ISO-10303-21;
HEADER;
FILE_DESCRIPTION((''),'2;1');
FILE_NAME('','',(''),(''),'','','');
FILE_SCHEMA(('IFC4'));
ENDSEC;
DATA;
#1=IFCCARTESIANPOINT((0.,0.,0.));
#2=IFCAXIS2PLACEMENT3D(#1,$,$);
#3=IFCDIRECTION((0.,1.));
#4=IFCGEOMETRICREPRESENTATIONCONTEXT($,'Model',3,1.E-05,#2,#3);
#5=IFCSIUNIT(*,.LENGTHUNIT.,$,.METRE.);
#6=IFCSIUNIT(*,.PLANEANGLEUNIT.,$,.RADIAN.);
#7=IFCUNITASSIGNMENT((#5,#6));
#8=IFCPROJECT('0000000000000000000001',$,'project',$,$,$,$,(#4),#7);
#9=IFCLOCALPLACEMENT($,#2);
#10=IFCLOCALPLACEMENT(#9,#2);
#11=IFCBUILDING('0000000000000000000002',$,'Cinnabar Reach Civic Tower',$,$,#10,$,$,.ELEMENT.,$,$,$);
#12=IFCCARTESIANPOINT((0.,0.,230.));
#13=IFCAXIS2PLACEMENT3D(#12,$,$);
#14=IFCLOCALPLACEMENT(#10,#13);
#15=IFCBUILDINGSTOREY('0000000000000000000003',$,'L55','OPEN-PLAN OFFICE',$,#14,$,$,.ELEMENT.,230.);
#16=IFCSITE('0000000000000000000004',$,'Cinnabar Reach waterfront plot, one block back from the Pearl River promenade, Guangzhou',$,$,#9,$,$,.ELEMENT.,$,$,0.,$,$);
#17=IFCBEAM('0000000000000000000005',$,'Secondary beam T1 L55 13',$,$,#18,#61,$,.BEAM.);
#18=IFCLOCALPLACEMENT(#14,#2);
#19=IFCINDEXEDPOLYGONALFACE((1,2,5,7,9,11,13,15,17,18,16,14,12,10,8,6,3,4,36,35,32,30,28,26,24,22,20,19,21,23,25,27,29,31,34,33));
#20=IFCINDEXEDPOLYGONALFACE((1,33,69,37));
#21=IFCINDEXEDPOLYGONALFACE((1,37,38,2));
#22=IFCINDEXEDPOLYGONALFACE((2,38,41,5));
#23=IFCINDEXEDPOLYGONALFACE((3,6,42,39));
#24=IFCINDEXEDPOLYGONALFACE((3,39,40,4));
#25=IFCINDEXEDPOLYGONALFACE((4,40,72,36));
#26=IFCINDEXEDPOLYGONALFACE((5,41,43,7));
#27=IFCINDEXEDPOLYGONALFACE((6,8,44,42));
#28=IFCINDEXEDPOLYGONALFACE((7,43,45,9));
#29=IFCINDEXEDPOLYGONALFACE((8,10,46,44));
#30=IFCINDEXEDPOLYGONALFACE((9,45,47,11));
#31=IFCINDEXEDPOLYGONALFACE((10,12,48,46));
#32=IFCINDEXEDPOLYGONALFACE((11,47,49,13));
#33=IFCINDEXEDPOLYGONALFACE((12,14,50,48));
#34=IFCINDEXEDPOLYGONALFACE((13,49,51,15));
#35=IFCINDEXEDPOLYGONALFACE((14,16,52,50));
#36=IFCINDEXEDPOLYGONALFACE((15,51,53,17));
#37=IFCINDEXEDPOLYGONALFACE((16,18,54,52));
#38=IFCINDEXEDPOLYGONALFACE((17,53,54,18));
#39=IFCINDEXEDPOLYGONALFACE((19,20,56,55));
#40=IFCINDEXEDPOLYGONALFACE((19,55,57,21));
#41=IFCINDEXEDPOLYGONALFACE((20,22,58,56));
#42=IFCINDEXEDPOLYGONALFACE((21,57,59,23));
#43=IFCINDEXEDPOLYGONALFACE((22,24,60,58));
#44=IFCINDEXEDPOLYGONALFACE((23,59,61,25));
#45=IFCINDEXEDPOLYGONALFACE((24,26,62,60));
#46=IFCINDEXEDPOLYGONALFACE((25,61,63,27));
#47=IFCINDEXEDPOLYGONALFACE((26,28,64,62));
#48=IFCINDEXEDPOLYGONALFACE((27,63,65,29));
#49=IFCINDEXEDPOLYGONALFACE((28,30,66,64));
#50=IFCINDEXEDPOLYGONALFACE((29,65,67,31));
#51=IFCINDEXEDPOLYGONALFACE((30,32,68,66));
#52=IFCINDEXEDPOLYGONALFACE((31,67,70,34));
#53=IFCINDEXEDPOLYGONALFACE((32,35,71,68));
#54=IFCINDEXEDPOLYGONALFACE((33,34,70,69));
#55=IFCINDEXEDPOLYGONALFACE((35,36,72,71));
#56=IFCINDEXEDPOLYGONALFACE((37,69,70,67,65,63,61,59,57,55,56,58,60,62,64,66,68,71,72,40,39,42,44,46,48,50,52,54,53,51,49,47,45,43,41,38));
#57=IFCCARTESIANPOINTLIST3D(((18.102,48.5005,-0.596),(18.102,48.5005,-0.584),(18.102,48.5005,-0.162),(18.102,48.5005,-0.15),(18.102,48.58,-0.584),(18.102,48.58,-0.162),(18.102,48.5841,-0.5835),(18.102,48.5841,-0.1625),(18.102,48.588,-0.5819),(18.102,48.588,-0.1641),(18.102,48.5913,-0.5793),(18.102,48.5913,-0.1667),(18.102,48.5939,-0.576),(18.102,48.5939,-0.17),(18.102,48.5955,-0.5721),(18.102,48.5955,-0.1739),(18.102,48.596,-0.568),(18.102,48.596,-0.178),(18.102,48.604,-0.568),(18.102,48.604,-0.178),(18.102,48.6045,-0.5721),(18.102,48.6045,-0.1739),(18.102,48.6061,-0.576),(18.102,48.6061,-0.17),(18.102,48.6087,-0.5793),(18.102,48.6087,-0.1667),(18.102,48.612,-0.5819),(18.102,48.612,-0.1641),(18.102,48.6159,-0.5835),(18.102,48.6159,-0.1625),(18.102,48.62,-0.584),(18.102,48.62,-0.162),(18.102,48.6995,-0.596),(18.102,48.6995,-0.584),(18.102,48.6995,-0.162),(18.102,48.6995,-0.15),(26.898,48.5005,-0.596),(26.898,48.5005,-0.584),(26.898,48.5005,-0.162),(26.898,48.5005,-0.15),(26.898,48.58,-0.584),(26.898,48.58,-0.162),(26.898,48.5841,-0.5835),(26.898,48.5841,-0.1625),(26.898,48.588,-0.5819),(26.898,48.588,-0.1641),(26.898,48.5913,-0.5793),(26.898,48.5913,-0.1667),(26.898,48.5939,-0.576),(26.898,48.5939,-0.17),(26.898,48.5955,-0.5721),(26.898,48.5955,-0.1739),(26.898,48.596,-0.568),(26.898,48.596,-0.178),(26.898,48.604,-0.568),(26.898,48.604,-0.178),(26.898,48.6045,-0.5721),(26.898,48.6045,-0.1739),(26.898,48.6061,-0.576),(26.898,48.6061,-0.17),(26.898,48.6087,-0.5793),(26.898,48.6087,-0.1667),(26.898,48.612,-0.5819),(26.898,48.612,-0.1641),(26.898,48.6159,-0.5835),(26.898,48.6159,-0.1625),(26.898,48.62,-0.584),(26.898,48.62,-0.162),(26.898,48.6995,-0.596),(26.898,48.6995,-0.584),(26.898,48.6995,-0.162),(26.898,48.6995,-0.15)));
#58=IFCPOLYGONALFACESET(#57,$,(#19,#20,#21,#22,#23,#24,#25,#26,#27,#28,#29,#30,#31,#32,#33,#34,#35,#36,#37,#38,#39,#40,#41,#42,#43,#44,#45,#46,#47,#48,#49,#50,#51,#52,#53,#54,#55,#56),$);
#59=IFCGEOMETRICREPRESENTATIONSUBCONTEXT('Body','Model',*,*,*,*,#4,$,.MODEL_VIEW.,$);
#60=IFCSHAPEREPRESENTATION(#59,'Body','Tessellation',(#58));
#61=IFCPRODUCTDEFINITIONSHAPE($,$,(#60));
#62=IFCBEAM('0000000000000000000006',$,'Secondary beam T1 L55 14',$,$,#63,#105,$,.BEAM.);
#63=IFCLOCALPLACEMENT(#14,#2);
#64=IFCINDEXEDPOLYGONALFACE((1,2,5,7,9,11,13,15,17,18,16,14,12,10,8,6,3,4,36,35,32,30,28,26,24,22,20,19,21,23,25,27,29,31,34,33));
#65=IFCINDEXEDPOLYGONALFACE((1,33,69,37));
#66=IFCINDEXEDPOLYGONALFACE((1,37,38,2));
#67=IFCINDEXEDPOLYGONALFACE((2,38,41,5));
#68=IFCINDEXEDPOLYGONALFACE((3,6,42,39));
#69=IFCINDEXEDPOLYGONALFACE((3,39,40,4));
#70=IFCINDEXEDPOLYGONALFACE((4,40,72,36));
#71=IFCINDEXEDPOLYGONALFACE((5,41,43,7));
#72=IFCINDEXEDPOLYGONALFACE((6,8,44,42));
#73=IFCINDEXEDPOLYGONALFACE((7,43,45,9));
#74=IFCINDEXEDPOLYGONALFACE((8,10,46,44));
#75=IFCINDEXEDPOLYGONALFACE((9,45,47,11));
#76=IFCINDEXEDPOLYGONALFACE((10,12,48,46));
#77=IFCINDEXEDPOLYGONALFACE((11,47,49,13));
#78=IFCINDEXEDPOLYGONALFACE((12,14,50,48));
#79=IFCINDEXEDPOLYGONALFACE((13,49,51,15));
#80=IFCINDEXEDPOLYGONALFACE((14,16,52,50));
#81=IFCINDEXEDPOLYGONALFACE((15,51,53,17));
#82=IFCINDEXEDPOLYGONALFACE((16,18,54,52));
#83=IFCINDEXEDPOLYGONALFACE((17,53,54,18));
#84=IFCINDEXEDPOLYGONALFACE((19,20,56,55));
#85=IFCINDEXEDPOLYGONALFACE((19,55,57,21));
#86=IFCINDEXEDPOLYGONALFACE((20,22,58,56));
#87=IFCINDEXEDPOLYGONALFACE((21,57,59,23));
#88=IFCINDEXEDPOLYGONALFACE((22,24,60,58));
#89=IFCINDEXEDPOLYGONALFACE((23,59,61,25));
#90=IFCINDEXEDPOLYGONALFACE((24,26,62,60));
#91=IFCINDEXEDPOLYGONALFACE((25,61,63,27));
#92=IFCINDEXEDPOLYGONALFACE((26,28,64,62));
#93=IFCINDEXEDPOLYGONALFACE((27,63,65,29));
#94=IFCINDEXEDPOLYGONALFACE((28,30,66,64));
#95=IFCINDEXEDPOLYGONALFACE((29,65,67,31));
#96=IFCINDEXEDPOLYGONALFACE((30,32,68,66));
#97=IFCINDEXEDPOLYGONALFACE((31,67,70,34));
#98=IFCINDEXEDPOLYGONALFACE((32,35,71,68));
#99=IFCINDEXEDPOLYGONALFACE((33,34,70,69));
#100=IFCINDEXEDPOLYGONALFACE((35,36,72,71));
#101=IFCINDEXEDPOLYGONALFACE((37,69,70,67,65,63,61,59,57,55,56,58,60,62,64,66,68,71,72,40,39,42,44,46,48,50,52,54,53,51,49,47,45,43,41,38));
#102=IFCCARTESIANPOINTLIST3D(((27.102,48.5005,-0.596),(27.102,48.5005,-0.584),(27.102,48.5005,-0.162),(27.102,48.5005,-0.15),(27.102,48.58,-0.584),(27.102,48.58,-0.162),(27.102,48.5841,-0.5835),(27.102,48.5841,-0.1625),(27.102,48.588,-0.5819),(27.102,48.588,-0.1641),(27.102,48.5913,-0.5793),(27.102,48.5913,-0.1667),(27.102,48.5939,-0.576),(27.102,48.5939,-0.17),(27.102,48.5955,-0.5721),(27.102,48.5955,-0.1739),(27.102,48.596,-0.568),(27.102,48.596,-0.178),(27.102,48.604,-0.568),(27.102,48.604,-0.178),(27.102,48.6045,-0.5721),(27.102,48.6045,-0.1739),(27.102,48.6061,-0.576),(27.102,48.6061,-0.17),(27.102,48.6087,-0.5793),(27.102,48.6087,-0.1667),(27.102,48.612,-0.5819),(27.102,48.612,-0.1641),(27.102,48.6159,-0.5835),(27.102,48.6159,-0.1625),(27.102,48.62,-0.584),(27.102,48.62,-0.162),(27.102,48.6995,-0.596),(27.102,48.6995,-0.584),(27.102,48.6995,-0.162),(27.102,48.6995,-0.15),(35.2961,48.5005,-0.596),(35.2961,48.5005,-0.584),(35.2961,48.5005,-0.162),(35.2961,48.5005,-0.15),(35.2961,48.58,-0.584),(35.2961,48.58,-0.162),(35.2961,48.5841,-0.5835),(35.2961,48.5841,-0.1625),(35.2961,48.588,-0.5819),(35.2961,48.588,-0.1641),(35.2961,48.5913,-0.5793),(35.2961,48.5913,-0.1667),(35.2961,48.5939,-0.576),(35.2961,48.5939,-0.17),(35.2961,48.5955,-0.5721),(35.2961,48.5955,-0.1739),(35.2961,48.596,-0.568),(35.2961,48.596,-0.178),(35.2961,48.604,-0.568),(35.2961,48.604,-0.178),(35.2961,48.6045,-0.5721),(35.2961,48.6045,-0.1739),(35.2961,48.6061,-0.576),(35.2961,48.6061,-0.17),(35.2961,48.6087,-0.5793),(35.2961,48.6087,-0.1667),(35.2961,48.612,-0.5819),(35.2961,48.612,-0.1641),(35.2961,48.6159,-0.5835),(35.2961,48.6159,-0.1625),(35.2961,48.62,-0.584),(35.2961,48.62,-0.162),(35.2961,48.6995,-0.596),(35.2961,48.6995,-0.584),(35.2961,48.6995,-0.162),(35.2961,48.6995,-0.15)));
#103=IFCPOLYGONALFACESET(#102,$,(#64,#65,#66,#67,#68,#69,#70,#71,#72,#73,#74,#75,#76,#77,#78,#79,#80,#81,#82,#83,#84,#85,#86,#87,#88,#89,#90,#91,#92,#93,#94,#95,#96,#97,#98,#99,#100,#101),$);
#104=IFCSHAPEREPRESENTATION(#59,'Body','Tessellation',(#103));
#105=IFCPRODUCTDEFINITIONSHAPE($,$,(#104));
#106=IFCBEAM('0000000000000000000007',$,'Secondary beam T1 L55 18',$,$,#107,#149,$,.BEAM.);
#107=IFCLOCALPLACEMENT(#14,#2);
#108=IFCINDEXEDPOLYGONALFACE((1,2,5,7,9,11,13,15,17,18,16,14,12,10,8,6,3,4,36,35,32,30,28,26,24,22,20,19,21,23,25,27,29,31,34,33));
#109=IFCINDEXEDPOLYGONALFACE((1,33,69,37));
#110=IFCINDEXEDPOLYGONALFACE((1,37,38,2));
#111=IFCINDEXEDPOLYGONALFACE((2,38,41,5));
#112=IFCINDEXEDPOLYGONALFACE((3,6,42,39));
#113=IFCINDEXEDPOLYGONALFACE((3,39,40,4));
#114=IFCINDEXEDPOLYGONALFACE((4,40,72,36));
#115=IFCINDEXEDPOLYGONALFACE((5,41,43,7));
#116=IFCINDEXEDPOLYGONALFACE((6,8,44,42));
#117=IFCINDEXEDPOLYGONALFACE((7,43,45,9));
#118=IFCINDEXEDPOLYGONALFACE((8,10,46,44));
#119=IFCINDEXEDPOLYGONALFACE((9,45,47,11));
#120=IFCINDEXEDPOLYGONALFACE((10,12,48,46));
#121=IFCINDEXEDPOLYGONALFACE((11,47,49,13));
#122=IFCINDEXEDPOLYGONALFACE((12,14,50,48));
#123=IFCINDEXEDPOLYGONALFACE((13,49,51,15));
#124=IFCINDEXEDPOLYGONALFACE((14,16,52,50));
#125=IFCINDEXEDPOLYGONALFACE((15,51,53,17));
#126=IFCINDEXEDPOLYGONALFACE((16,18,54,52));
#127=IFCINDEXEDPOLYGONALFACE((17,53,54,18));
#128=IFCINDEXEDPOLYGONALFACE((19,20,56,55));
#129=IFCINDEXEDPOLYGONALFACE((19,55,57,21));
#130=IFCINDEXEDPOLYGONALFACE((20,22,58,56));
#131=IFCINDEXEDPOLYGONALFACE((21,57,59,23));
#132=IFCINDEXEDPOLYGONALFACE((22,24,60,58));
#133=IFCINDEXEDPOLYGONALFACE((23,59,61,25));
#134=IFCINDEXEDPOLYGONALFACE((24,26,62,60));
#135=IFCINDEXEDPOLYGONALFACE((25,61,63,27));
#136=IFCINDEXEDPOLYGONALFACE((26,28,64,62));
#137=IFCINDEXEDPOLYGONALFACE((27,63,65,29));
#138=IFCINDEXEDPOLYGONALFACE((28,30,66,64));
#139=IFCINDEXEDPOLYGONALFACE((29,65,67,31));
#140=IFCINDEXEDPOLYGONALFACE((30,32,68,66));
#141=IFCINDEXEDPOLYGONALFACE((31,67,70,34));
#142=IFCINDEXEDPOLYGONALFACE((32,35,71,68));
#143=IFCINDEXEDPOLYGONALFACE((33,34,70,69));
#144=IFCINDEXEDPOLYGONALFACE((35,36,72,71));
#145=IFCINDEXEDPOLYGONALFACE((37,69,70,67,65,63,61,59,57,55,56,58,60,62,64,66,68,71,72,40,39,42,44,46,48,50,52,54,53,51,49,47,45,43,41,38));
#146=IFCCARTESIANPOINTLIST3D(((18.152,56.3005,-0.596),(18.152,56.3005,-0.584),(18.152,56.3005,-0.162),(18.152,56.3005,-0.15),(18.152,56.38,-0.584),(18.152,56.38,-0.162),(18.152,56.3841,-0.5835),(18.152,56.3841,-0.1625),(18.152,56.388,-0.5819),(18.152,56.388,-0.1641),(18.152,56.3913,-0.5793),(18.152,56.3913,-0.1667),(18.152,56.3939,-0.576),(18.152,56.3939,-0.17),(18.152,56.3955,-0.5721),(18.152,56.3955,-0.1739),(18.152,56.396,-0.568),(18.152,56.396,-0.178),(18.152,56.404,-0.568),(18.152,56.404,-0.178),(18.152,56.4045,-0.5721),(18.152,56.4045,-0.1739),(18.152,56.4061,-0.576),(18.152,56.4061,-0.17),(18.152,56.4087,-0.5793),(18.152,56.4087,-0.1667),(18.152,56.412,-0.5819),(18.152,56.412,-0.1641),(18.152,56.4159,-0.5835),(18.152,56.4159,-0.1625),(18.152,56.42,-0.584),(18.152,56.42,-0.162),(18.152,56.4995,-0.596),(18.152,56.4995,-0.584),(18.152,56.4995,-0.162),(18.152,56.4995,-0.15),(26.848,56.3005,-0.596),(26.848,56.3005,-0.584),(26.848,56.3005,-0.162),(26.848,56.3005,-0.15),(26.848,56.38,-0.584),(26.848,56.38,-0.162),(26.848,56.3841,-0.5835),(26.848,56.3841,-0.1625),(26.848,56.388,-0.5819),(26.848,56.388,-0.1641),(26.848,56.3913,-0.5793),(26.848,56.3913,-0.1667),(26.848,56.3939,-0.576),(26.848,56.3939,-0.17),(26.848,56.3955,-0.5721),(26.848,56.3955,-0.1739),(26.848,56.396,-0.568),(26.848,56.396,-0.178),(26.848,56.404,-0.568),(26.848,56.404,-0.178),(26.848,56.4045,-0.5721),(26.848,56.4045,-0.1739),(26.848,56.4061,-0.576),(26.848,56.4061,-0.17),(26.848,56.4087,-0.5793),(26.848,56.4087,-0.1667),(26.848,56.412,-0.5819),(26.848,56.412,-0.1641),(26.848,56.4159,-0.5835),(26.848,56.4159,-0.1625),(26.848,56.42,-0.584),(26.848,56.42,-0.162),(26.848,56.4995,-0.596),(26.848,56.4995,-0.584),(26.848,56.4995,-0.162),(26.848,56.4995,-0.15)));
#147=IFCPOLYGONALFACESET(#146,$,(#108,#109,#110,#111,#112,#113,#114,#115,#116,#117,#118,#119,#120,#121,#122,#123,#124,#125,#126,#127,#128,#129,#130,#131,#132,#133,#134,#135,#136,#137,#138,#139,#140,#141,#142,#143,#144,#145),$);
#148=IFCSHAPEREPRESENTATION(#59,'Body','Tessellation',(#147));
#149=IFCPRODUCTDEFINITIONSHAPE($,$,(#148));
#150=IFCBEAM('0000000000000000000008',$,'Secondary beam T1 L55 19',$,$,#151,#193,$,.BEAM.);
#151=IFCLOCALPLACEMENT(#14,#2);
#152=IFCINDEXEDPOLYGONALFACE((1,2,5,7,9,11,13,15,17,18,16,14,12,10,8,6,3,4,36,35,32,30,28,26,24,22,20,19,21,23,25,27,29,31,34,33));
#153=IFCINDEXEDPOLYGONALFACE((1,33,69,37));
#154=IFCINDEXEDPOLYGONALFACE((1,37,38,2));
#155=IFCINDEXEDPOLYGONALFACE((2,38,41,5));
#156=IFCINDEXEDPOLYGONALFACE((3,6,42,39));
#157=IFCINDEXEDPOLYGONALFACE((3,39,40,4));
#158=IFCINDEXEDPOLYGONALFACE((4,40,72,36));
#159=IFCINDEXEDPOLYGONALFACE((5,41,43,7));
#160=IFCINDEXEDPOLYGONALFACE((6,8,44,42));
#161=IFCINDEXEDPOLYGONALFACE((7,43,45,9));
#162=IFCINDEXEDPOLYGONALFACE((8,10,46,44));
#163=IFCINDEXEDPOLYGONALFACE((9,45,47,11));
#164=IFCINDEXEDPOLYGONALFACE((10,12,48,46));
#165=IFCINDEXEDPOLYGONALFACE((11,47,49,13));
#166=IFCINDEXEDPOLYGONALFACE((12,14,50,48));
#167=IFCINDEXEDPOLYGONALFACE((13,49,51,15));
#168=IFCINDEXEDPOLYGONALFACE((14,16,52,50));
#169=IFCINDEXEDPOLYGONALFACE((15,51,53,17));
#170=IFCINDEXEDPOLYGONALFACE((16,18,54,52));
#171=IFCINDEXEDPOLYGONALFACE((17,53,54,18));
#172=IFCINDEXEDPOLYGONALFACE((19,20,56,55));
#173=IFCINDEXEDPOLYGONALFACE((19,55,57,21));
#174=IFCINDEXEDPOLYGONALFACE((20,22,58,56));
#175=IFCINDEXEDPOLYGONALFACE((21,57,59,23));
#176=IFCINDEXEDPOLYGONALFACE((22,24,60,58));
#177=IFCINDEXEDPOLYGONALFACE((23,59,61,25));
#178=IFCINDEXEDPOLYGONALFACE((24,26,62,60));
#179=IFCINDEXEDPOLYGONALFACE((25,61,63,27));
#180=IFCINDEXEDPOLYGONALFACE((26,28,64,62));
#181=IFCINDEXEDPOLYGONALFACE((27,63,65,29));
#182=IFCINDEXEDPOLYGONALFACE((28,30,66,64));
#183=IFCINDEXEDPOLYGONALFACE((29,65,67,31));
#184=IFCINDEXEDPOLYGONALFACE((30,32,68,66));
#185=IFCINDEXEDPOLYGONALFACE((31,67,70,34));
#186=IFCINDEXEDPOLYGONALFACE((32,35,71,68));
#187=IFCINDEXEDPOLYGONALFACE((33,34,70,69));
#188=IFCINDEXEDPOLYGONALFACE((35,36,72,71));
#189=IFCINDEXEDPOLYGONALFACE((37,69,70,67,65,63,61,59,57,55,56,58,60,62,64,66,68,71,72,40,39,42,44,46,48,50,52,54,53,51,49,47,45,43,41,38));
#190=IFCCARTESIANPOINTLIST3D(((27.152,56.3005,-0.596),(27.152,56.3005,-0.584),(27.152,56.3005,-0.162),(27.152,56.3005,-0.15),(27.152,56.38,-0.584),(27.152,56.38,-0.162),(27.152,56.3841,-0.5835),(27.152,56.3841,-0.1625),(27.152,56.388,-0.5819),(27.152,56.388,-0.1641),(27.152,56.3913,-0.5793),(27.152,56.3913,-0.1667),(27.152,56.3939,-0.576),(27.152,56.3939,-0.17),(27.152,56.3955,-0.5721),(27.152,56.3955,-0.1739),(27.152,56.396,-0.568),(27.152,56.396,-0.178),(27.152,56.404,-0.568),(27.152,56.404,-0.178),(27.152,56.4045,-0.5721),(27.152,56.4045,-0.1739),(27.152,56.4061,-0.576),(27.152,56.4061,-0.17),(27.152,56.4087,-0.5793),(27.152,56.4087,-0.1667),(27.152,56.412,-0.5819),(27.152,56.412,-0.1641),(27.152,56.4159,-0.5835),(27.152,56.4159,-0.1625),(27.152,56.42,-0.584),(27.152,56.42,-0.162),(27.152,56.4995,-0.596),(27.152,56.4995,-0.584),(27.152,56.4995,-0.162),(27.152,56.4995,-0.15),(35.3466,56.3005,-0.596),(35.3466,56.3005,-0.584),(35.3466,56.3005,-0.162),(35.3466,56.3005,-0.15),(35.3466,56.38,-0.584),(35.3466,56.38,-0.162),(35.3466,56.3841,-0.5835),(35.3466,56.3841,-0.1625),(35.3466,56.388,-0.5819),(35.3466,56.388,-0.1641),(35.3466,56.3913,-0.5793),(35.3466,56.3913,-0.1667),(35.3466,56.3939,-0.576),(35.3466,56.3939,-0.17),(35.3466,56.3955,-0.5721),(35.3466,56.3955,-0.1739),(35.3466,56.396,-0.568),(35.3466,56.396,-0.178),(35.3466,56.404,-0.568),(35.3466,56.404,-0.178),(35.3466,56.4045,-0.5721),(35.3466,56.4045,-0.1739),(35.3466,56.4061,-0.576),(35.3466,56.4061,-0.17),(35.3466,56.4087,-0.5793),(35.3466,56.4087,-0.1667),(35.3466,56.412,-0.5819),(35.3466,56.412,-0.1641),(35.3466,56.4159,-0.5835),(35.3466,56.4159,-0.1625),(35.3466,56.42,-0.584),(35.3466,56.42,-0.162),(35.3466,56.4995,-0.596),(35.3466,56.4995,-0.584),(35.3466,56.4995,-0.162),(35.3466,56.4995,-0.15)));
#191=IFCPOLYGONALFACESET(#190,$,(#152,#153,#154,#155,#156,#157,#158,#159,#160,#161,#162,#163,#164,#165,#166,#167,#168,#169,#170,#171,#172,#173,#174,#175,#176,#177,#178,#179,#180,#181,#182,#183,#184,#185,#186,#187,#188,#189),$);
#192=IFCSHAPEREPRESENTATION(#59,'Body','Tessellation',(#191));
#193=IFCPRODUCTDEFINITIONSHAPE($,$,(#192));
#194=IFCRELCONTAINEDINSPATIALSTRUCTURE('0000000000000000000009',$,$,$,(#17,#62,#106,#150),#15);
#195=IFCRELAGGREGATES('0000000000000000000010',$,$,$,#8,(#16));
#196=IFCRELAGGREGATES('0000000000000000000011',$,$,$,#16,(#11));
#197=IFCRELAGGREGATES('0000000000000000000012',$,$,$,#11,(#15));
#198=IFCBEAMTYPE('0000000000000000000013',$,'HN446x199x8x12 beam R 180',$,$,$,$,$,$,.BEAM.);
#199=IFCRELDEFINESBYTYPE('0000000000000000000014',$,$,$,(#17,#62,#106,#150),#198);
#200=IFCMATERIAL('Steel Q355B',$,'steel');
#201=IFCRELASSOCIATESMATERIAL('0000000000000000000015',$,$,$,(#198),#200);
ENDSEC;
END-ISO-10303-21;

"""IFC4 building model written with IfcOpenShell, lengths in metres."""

from ifc_helpers import new_model, si_unit, direction, frame, origin, origin_2d, place, context, subcontext, project, spatial, i_section, extrude, material, material_profile, profile_set, type_object, element, save


model = new_model("IFC4")

# Units and contexts
model_context = context("Model", 3, precision=1e-05, world=origin(), true_north=direction((0.0, 1.0)))
body_context = subcontext(model_context, "Body", "Model", "MODEL_VIEW")
ifc_project = project(units=[si_unit("LENGTHUNIT", "METRE"), si_unit("PLANEANGLEUNIT", "RADIAN")], contexts=[model_context])

# Site, building, storey
site_placement = place(None, origin())
site = spatial("IfcSite", under=ifc_project, at=site_placement, Name="Cinnabar Reach waterfront plot, one block back from the Pearl River promenade, Guangzhou", CompositionType="ELEMENT", RefElevation=0.0)
building_placement = place(site_placement, origin())
building = spatial("IfcBuilding", under=site, at=building_placement, Name="Cinnabar Reach Civic Tower", CompositionType="ELEMENT")
storey_placement = place(building_placement, frame((0.0, 0.0, 230.0)))
storey = spatial("IfcBuildingStorey", under=building, at=storey_placement, Name="L55", Description="OPEN-PLAN OFFICE", CompositionType="ELEMENT", Elevation=230.0)

# Beams
ifc_material_1 = material(Name="Steel Q355B", Category="steel")
ifc_material_profile_1 = material_profile(ifc_material_1, i_section(OverallWidth=0.199, OverallDepth=0.446, WebThickness=0.008, FlangeThickness=0.012, FilletRadius=0.016, at=origin_2d()), Name="HN446x199x8x12")
ifc_profile_set_1 = profile_set([ifc_material_profile_1], Name="Steel Q355B")
beam_type_1 = type_object("IfcBeamType", Name="HN446x199x8x12 beam R 180", PredefinedType="BEAM", material=ifc_profile_set_1)
beam_1_placement = place(storey_placement, frame((18.102, 48.6, -0.373), z_axis=(1.0, 0.0, 0.0), x_axis=(0.0, 1.0, 0.0)))
element("IfcBeam", 1, at=beam_1_placement, inside=storey, type_object=beam_type_1, Name="Secondary beam T1 L55 13", PredefinedType="BEAM", context=body_context, shape_type="SweptSolid", body=[
    extrude(i_section(OverallWidth=0.199, OverallDepth=0.446, WebThickness=0.008, FlangeThickness=0.012, FilletRadius=0.016, at=origin_2d()), origin(), (0.0, 0.0, 1.0), 8.796),
])
beam_2_placement = place(storey_placement, frame((27.102, 48.6, -0.373), z_axis=(1.0, 0.0, 0.0), x_axis=(0.0, 1.0, 0.0)))
element("IfcBeam", 2, at=beam_2_placement, inside=storey, type_object=beam_type_1, Name="Secondary beam T1 L55 14", PredefinedType="BEAM", context=body_context, shape_type="SweptSolid", body=[
    extrude(i_section(OverallWidth=0.199, OverallDepth=0.446, WebThickness=0.008, FlangeThickness=0.012, FilletRadius=0.016, at=origin_2d()), origin(), (0.0, 0.0, 1.0), 8.1941),
])
beam_3_placement = place(storey_placement, frame((18.152, 56.4, -0.373), z_axis=(1.0, 0.0, 0.0), x_axis=(0.0, 1.0, 0.0)))
element("IfcBeam", 3, at=beam_3_placement, inside=storey, type_object=beam_type_1, Name="Secondary beam T1 L55 18", PredefinedType="BEAM", context=body_context, shape_type="SweptSolid", body=[
    extrude(i_section(OverallWidth=0.199, OverallDepth=0.446, WebThickness=0.008, FlangeThickness=0.012, FilletRadius=0.016, at=origin_2d()), origin(), (0.0, 0.0, 1.0), 8.696),
])
beam_4_placement = place(storey_placement, frame((27.152, 56.4, -0.373), z_axis=(1.0, 0.0, 0.0), x_axis=(0.0, 1.0, 0.0)))
element("IfcBeam", 4, at=beam_4_placement, inside=storey, type_object=beam_type_1, Name="Secondary beam T1 L55 19", PredefinedType="BEAM", context=body_context, shape_type="SweptSolid", body=[
    extrude(i_section(OverallWidth=0.199, OverallDepth=0.446, WebThickness=0.008, FlangeThickness=0.012, FilletRadius=0.016, at=origin_2d()), origin(), (0.0, 0.0, 1.0), 8.1946),
])

save(model, "model.ifc")
